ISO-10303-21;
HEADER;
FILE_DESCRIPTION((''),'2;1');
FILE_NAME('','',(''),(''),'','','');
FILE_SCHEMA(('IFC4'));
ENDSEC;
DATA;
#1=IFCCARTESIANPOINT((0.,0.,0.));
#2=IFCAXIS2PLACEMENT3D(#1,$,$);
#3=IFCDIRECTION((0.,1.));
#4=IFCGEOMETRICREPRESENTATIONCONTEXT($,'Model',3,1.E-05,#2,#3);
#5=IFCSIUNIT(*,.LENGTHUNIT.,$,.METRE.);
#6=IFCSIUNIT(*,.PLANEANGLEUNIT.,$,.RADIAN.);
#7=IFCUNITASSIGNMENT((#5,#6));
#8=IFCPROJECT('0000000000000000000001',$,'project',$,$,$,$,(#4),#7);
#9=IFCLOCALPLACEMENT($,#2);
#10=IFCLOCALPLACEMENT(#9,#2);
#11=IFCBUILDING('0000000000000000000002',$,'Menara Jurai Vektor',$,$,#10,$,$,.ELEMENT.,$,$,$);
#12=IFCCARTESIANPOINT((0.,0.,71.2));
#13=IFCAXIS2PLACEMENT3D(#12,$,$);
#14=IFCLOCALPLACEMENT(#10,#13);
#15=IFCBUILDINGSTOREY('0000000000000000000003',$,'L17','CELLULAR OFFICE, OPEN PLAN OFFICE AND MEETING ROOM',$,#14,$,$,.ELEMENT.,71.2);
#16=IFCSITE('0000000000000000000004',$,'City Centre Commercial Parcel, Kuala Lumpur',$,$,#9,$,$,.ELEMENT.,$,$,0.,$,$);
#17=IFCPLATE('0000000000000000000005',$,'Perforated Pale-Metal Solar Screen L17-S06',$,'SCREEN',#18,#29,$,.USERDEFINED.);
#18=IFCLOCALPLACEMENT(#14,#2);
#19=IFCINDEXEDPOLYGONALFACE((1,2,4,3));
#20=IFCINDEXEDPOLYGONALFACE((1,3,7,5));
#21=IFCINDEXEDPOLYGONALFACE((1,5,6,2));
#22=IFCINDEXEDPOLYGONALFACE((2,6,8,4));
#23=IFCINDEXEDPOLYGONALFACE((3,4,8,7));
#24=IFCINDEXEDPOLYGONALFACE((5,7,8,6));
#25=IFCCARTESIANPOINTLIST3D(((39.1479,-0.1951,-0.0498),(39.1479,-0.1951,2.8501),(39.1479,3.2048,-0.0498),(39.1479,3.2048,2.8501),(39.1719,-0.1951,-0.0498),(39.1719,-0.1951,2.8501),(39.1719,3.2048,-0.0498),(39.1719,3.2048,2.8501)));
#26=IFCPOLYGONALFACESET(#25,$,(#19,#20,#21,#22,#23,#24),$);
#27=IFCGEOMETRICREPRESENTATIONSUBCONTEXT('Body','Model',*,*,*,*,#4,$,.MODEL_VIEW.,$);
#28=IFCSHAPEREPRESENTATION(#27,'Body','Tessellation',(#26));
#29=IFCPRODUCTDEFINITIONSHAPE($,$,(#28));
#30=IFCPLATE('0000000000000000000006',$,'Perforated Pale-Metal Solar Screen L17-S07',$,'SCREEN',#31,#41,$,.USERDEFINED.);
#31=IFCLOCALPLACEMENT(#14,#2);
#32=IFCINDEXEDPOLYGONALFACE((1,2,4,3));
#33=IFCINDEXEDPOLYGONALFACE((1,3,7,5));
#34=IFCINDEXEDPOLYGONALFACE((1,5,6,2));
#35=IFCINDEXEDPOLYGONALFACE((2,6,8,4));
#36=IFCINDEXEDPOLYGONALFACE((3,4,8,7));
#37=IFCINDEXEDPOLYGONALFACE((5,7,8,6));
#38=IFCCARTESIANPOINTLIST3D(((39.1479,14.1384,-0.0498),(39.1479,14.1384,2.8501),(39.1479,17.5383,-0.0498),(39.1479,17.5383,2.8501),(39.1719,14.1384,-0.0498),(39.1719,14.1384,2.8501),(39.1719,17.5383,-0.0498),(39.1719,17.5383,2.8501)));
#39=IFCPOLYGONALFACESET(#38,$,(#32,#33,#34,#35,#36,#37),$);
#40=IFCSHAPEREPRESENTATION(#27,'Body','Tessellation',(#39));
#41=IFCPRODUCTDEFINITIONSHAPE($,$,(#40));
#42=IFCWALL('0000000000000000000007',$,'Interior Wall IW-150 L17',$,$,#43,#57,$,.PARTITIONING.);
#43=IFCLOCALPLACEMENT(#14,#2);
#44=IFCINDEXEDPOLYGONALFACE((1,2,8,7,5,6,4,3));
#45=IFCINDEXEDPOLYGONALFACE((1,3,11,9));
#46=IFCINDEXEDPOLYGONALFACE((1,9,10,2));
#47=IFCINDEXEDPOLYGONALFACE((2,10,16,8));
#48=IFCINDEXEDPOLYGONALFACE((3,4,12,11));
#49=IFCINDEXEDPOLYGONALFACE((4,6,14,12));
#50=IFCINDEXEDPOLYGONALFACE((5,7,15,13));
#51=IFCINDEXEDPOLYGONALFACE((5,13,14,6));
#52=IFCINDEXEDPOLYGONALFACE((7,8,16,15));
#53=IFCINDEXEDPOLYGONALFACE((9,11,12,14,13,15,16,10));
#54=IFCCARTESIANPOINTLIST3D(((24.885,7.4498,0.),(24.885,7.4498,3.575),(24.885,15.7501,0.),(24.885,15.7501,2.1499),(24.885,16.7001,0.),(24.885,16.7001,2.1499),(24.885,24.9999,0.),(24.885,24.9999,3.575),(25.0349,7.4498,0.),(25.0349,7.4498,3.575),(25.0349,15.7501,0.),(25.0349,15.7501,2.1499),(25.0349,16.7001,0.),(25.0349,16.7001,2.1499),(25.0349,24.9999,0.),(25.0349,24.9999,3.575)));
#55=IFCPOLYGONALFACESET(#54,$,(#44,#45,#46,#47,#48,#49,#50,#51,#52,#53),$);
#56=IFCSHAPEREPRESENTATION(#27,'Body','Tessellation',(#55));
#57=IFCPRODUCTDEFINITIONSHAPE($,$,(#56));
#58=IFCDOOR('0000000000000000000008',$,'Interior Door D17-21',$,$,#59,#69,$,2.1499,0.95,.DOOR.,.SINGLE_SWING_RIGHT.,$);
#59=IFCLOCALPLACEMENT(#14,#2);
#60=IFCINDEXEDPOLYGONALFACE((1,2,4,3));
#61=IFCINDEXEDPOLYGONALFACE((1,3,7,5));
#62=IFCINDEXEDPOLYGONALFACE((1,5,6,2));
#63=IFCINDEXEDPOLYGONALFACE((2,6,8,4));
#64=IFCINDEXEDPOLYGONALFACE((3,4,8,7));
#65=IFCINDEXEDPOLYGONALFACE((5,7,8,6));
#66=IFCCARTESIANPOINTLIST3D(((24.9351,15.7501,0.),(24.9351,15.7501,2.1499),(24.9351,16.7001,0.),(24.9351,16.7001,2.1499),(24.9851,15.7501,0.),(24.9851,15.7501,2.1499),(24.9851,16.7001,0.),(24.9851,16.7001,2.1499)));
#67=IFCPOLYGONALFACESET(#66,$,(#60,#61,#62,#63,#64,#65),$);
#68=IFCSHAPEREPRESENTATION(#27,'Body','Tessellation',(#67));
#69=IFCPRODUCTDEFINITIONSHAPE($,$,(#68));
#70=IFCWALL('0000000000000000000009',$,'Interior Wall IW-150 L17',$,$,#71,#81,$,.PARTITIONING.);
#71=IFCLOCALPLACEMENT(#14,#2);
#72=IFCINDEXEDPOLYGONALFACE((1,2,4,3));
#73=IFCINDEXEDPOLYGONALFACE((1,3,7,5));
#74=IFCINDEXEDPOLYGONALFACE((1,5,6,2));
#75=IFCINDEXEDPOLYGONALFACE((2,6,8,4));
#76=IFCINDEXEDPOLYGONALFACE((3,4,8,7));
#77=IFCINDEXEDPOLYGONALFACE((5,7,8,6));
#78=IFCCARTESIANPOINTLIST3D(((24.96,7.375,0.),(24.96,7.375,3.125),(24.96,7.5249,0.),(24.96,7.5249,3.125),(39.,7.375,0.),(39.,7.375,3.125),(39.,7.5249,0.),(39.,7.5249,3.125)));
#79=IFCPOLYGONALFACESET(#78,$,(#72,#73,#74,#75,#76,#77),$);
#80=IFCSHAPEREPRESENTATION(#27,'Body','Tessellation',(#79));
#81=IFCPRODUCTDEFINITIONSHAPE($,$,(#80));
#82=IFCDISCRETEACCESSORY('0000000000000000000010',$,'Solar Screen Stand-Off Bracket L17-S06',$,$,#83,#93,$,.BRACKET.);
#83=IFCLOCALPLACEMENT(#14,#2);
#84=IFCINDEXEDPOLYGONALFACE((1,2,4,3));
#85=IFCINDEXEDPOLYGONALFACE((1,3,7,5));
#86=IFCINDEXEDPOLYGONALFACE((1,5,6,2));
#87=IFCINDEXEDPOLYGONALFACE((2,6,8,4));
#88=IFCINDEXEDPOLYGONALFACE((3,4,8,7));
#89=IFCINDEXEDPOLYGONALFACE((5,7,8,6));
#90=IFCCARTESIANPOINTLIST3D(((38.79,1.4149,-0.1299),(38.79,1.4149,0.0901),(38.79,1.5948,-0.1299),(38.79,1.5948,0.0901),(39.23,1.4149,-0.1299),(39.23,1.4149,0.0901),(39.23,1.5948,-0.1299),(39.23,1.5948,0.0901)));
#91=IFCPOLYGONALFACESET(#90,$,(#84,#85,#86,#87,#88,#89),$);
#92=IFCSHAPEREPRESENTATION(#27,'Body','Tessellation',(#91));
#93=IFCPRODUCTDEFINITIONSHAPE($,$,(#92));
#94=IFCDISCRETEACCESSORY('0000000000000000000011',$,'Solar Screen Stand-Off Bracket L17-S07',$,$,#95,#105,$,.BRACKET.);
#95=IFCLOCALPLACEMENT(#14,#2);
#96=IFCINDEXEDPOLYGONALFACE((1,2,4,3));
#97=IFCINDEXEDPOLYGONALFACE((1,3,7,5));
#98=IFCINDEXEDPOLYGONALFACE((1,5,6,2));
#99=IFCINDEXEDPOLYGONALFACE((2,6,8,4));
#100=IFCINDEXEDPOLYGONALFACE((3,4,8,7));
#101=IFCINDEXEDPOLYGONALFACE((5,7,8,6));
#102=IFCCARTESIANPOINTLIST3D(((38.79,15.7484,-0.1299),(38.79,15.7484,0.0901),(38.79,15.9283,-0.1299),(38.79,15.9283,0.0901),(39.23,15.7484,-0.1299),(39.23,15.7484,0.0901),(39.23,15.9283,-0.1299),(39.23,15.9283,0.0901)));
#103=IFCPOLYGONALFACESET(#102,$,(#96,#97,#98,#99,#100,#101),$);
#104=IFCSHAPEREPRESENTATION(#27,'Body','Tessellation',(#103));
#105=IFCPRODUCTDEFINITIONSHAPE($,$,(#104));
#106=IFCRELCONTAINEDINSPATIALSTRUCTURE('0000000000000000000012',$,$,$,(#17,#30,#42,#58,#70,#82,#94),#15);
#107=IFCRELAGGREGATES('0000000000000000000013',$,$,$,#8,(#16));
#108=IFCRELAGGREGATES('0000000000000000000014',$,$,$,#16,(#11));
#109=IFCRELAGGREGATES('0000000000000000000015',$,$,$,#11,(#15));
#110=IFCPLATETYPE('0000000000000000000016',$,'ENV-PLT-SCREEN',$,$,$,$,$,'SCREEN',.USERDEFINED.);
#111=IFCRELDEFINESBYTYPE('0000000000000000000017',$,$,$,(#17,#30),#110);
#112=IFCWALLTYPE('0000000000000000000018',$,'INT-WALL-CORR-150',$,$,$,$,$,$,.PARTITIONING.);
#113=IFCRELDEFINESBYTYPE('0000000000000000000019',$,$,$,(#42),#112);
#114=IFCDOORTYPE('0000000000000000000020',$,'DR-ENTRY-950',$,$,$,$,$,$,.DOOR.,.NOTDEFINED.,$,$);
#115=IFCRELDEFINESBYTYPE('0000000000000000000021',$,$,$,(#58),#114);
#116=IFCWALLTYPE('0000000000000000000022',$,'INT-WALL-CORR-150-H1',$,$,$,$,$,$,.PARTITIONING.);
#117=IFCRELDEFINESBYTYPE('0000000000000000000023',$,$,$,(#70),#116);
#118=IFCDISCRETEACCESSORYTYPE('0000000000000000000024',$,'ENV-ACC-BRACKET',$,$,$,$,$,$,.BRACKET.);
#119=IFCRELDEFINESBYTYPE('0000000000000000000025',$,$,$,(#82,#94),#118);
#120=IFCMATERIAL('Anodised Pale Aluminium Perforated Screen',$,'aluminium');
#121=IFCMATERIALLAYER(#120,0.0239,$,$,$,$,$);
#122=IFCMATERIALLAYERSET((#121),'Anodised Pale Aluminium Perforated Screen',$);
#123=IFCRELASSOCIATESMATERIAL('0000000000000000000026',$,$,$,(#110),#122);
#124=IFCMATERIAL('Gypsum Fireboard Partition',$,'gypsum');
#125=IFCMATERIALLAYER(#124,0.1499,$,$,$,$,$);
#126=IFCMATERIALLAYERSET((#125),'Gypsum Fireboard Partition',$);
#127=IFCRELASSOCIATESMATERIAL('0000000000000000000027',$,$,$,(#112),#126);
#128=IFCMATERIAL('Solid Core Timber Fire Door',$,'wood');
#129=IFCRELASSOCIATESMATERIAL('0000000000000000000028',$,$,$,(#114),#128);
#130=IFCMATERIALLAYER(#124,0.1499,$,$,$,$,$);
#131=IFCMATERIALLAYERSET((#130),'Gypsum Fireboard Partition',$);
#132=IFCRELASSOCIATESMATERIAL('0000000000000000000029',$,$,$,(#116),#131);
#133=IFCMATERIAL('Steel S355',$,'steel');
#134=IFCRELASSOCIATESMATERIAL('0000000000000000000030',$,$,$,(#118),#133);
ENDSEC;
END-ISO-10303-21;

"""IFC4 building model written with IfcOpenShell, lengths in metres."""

from ifc_helpers import new_model, si_unit, direction, frame, frame_2d, origin, origin_2d, place, context, subcontext, project, spatial, rectangle, extrude, material, layer, layer_set, type_object, element, fill, save


model = new_model("IFC4")

# Units and contexts
model_context = context("Model", 3, precision=1e-05, world=origin(), true_north=direction((0.0, 1.0)))
body_context = subcontext(model_context, "Body", "Model", "MODEL_VIEW")
ifc_project = project(units=[si_unit("LENGTHUNIT", "METRE"), si_unit("PLANEANGLEUNIT", "RADIAN")], contexts=[model_context])

# Site, building, storey
site_placement = place(None, origin())
site = spatial("IfcSite", under=ifc_project, at=site_placement, Name="City Centre Commercial Parcel, Kuala Lumpur", CompositionType="ELEMENT", RefElevation=0.0)
building_placement = place(site_placement, origin())
building = spatial("IfcBuilding", under=site, at=building_placement, Name="Menara Jurai Vektor", CompositionType="ELEMENT")
storey_placement = place(building_placement, frame((0.0, 0.0, 71.2)))
storey = spatial("IfcBuildingStorey", under=building, at=storey_placement, Name="L17", Description="CELLULAR OFFICE, OPEN PLAN OFFICE AND MEETING ROOM", CompositionType="ELEMENT", Elevation=71.2)

# Shared definitions
ifc_material_1 = material(Name="Steel S355", Category="steel")

# Plates
ifc_material_2 = material(Name="Anodised Pale Aluminium Perforated Screen", Category="aluminium")
ifc_layer_1 = layer(ifc_material_2, 0.0239)
ifc_layer_set_1 = layer_set([ifc_layer_1], Name="Anodised Pale Aluminium Perforated Screen")
plate_type_1 = type_object("IfcPlateType", Name="ENV-PLT-SCREEN", ElementType="SCREEN", PredefinedType="USERDEFINED", material=ifc_layer_set_1)
for number, where, z_axis, x_axis, name in (
    (1, (39.1599, 1.5049, -0.0498), (0.0, 0.0, 1.0), (0.0, 1.0, 0.0), "Perforated Pale-Metal Solar Screen L17-S06"),
    (2, (39.1599, 15.8384, -0.0498), (0.0, 0.0, 1.0), (0.0, 1.0, 0.0), "Perforated Pale-Metal Solar Screen L17-S07"),
):
    element("IfcPlate", number, at=place(storey_placement, frame(where, z_axis=z_axis, x_axis=x_axis)), inside=storey, type_object=plate_type_1, Name=name, ObjectType="SCREEN", PredefinedType="USERDEFINED", context=body_context, shape_type="SweptSolid", body=[
        extrude(rectangle(XDim=3.3999, YDim=0.0239, at=origin_2d()), origin(), (0.0, 0.0, 1.0), 2.8999),
    ])

# Wall, opening, door
ifc_material_3 = material(Name="Gypsum Fireboard Partition", Category="gypsum")
ifc_layer_2 = layer(ifc_material_3, 0.1499)
ifc_layer_set_2 = layer_set([ifc_layer_2], Name="Gypsum Fireboard Partition")
wall_type_1 = type_object("IfcWallType", Name="INT-WALL-CORR-150", PredefinedType="PARTITIONING", material=ifc_layer_set_2)
wall_1_placement = place(storey_placement, frame((24.96, 7.45, 0.0), z_axis=(0.0, 0.0, 1.0), x_axis=(0.0, 1.0, 0.0)))
wall_1 = element("IfcWall", 3, at=wall_1_placement, inside=storey, type_object=wall_type_1, Name="Interior Wall IW-150 L17", PredefinedType="PARTITIONING", context=body_context, shape_type="SweptSolid", body=[
    extrude(rectangle(XDim=17.55, YDim=0.1499, at=frame_2d((8.7749, 0.0))), origin(), (0.0, 0.0, 1.0), 3.575),
])
opening_placement = place(wall_1_placement, frame((8.3, 0.0, 0.0)))
opening = element("IfcOpeningElement", 4, at=opening_placement, cuts=wall_1, PredefinedType="OPENING", context=body_context, shape_type="SweptSolid", body=[
    extrude(rectangle(XDim=0.95, YDim=2.1499, at=frame_2d((0.4751, 1.075))), frame((0.0, 0.085, 0.0), z_axis=(0.0, -1.0, 0.0), x_axis=(1.0, 0.0, 0.0)), (0.0, 0.0, 1.0), 0.1699),
])
ifc_material_4 = material(Name="Solid Core Timber Fire Door", Category="wood")
door_type = type_object("IfcDoorType", Name="DR-ENTRY-950", OperationType="NOTDEFINED", PredefinedType="DOOR", material=ifc_material_4)
door_placement = place(opening_placement, origin())
door = element("IfcDoor", 5, at=door_placement, inside=storey, type_object=door_type, Name="Interior Door D17-21", OperationType="SINGLE_SWING_RIGHT", OverallHeight=2.1499, OverallWidth=0.95, PredefinedType="DOOR", context=body_context, shape_type="SweptSolid", body=[
    extrude(rectangle(XDim=0.95, YDim=2.1499, at=frame_2d((0.4751, 1.075))), frame((0.0, 0.0249, 0.0), z_axis=(0.0, -1.0, 0.0), x_axis=(1.0, 0.0, 0.0)), (0.0, 0.0, 1.0), 0.05),
])
fill(opening, door)

# Wall
ifc_layer_3 = layer(ifc_material_3, 0.1499)
ifc_layer_set_3 = layer_set([ifc_layer_3], Name="Gypsum Fireboard Partition")
wall_type_2 = type_object("IfcWallType", Name="INT-WALL-CORR-150-H1", PredefinedType="PARTITIONING", material=ifc_layer_set_3)
wall_2_placement = place(storey_placement, frame((24.96, 7.45, 0.0), z_axis=(0.0, 0.0, 1.0), x_axis=(1.0, 0.0, 0.0)))
element("IfcWall", 6, at=wall_2_placement, inside=storey, type_object=wall_type_2, Name="Interior Wall IW-150 L17", PredefinedType="PARTITIONING", context=body_context, shape_type="SweptSolid", body=[
    extrude(rectangle(XDim=14.04, YDim=0.1499, at=frame_2d((7.02, 0.0))), origin(), (0.0, 0.0, 1.0), 3.125),
])

# Discrete accessories
discrete_accessory_type = type_object("IfcDiscreteAccessoryType", Name="ENV-ACC-BRACKET", PredefinedType="BRACKET", material=ifc_material_1)
for number, where, z_axis, x_axis, name in (
    (7, (39.01, 1.5049, -0.1299), (0.0, 0.0, 1.0), (0.0, 1.0, 0.0), "Solar Screen Stand-Off Bracket L17-S06"),
    (8, (39.01, 15.8384, -0.1299), (0.0, 0.0, 1.0), (0.0, 1.0, 0.0), "Solar Screen Stand-Off Bracket L17-S07"),
):
    element("IfcDiscreteAccessory", number, at=place(storey_placement, frame(where, z_axis=z_axis, x_axis=x_axis)), inside=storey, type_object=discrete_accessory_type, Name=name, PredefinedType="BRACKET", context=body_context, shape_type="SweptSolid", body=[
        extrude(rectangle(XDim=0.1799, YDim=0.4399, at=origin_2d()), origin(), (0.0, 0.0, 1.0), 0.22),
    ])

save(model, "model.ifc")
